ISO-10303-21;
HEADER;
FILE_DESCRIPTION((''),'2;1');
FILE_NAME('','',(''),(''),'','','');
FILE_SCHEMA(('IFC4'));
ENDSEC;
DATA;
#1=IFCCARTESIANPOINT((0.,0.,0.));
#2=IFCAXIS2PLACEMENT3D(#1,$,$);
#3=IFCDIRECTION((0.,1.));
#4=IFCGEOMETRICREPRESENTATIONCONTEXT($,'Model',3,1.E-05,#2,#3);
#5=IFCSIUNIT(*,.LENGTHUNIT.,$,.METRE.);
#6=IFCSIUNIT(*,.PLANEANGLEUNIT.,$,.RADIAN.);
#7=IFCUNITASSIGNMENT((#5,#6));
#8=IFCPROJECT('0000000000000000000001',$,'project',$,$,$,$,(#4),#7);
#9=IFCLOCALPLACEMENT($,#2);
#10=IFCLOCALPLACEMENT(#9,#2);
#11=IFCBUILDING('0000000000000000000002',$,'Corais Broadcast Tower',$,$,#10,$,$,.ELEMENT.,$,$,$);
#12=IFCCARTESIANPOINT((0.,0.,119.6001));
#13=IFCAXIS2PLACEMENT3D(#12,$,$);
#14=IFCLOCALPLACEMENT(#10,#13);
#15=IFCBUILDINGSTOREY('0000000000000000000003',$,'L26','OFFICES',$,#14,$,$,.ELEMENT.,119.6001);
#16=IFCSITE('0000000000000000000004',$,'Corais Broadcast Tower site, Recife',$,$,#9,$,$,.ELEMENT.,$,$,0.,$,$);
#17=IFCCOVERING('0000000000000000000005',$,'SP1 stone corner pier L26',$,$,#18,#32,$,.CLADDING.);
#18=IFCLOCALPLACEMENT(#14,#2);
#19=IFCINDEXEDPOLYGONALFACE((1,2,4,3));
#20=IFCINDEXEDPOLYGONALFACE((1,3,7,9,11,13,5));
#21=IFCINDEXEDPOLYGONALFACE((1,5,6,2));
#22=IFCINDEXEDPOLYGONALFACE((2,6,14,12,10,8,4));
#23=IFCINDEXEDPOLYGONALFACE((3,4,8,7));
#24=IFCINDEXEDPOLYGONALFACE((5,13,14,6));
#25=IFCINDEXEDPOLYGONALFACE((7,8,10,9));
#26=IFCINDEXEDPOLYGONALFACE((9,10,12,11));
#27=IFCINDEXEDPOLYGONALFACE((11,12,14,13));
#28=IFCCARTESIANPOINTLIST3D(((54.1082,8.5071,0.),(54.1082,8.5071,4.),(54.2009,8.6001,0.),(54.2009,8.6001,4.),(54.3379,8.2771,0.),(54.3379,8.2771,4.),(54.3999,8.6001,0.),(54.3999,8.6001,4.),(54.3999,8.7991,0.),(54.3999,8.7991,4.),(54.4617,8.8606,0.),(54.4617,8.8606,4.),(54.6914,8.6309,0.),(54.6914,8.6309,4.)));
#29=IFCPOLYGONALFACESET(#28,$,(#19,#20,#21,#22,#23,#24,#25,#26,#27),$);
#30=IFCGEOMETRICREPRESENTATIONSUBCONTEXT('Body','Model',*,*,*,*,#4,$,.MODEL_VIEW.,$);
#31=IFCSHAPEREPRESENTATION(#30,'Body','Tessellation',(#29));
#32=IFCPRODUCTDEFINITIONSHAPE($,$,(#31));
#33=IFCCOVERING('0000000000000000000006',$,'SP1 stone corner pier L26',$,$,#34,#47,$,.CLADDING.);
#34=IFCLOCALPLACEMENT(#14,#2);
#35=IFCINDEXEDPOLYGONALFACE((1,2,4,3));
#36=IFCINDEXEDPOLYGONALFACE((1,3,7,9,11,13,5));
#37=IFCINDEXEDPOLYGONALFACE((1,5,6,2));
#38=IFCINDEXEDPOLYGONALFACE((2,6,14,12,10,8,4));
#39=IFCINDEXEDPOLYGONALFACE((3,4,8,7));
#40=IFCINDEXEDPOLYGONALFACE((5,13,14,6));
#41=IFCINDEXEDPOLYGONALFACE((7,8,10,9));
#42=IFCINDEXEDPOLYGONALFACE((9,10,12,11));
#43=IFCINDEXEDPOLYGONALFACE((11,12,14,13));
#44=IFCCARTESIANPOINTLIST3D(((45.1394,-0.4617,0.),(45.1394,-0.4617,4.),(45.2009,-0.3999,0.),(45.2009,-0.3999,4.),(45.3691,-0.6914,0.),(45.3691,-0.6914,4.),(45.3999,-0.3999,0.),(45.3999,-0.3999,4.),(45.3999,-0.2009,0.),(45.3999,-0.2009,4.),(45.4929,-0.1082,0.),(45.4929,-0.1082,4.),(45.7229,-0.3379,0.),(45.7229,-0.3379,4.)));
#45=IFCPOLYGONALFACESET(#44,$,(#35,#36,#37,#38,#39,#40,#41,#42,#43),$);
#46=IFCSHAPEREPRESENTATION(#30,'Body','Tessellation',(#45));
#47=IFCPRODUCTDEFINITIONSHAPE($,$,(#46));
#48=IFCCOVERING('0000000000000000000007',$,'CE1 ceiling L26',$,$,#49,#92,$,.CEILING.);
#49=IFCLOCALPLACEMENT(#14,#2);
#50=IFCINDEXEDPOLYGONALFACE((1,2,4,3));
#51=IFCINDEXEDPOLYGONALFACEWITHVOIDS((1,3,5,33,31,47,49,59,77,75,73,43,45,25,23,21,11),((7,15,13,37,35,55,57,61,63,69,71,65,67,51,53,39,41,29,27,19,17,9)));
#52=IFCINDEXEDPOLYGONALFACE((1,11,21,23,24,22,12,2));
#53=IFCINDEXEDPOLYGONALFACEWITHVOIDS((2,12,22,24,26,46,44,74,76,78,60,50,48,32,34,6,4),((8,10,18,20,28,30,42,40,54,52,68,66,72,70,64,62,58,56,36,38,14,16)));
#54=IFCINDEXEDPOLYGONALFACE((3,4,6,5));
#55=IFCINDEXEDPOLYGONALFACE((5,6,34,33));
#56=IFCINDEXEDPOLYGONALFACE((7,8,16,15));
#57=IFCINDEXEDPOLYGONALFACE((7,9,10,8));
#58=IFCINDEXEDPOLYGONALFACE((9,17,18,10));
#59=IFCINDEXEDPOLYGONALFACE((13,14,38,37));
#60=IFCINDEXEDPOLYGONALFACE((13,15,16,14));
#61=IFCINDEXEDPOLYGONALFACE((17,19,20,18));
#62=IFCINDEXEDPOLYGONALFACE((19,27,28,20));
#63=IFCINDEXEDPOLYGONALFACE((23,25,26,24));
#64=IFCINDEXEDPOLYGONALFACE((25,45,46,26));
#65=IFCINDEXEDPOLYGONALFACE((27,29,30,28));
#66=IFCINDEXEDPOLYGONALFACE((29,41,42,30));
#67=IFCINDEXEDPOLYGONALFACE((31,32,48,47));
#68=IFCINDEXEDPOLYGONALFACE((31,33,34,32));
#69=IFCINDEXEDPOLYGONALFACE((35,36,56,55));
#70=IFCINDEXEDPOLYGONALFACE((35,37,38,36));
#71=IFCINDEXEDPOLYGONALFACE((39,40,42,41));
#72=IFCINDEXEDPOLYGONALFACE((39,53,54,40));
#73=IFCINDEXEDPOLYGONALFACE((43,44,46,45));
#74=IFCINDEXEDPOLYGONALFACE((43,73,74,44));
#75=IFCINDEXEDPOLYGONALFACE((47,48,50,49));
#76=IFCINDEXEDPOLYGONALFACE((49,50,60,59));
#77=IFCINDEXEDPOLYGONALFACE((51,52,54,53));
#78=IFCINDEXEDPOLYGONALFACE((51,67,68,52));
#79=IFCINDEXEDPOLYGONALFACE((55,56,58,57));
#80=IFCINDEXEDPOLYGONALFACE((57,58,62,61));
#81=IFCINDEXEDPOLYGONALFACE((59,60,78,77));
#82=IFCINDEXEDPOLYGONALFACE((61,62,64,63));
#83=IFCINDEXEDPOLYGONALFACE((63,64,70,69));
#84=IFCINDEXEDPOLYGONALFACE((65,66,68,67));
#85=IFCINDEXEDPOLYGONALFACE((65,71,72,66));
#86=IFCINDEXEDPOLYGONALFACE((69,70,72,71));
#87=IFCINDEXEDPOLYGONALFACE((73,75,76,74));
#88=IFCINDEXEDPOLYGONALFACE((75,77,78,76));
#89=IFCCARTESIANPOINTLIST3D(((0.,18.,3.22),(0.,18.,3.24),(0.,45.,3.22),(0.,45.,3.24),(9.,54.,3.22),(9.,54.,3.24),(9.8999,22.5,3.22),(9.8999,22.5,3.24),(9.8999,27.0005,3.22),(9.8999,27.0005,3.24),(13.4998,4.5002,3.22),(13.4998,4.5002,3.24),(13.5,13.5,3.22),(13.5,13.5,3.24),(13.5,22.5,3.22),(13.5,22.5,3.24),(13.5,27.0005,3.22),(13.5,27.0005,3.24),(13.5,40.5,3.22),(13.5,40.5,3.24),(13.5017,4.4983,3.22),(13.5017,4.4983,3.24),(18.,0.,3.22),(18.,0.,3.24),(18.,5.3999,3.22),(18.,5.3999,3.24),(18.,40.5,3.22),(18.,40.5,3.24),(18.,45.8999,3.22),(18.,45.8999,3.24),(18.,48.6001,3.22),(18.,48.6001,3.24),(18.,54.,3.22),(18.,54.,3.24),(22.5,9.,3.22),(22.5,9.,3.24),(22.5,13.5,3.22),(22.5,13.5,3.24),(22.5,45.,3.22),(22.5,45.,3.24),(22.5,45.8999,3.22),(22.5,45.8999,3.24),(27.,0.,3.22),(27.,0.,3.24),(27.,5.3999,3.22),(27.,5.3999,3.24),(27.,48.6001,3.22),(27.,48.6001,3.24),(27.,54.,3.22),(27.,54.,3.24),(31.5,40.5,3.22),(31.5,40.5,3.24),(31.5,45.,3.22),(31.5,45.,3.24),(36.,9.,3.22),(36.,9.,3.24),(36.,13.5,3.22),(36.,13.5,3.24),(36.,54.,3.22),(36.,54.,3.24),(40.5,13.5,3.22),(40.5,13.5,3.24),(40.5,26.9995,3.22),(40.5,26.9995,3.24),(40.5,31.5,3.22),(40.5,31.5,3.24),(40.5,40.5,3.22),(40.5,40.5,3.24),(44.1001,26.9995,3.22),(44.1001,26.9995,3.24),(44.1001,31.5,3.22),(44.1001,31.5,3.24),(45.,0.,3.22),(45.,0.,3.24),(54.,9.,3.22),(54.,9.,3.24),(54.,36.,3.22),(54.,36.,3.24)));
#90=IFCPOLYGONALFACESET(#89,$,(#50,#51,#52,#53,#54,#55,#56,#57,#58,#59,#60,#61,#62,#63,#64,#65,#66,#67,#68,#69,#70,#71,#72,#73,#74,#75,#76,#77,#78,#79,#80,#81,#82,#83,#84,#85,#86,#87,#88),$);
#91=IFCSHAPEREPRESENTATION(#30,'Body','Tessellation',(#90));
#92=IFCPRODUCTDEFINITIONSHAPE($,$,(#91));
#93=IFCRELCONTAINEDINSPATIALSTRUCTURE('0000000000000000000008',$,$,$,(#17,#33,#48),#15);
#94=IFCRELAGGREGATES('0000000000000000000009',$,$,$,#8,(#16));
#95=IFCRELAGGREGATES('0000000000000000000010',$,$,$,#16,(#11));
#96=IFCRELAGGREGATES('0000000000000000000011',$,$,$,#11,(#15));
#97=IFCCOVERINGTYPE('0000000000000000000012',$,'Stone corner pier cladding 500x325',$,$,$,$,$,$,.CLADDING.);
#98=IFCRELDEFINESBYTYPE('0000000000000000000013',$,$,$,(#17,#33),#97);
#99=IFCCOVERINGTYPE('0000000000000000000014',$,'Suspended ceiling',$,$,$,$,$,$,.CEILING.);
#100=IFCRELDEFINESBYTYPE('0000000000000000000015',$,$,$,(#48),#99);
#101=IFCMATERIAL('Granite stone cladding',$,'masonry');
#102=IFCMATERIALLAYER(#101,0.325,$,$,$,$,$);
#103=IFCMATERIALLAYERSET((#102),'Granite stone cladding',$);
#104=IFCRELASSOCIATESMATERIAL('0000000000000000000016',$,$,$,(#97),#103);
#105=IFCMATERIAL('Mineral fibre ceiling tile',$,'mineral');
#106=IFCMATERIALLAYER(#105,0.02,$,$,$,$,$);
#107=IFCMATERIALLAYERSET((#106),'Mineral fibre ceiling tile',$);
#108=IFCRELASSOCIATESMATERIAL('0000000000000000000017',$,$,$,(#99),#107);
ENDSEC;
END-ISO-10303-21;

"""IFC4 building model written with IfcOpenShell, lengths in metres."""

from ifc_helpers import new_model, si_unit, direction, frame, origin, place, context, subcontext, project, spatial, polyline, outline, extrude, material, layer, layer_set, type_object, element, save


model = new_model("IFC4")

# Units and contexts
model_context = context("Model", 3, precision=1e-05, world=origin(), true_north=direction((0.0, 1.0)))
body_context = subcontext(model_context, "Body", "Model", "MODEL_VIEW")
ifc_project = project(units=[si_unit("LENGTHUNIT", "METRE"), si_unit("PLANEANGLEUNIT", "RADIAN")], contexts=[model_context])

# Site, building, storey
site_placement = place(None, origin())
site = spatial("IfcSite", under=ifc_project, at=site_placement, Name="Corais Broadcast Tower site, Recife", CompositionType="ELEMENT", RefElevation=0.0)
building_placement = place(site_placement, origin())
building = spatial("IfcBuilding", under=site, at=building_placement, Name="Corais Broadcast Tower", CompositionType="ELEMENT")
storey_placement = place(building_placement, frame((0.0, 0.0, 119.6001)))
storey = spatial("IfcBuildingStorey", under=building, at=storey_placement, Name="L26", Description="OFFICES", CompositionType="ELEMENT", Elevation=119.6001)

# Coverings
ifc_material_1 = material(Name="Granite stone cladding", Category="masonry")
ifc_layer_1 = layer(ifc_material_1, 0.325)
ifc_layer_set_1 = layer_set([ifc_layer_1], Name="Granite stone cladding")
covering_type_1 = type_object("IfcCoveringType", Name="Stone corner pier cladding 500x325", PredefinedType="CLADDING", material=ifc_layer_set_1)
covering_1_placement = place(storey_placement, origin())
element("IfcCovering", 1, at=covering_1_placement, inside=storey, type_object=covering_type_1, Name="SP1 stone corner pier L26", PredefinedType="CLADDING", context=body_context, shape_type="SweptSolid", body=[
    extrude(outline(polyline([(54.4617, 8.8606), (54.3999, 8.7991), (54.3999, 8.6001), (54.2009, 8.6001), (54.1082, 8.5071), (54.3379, 8.2771), (54.6914, 8.6309), (54.4617, 8.8606)])), origin(), (0.0, 0.0, 1.0), 4.0),
])
covering_2_placement = place(storey_placement, origin())
element("IfcCovering", 2, at=covering_2_placement, inside=storey, type_object=covering_type_1, Name="SP1 stone corner pier L26", PredefinedType="CLADDING", context=body_context, shape_type="SweptSolid", body=[
    extrude(outline(polyline([(45.2009, -0.3999), (45.1394, -0.4617), (45.3691, -0.6914), (45.7229, -0.3379), (45.4929, -0.1082), (45.3999, -0.2009), (45.3999, -0.3999), (45.2009, -0.3999)])), origin(), (0.0, 0.0, 1.0), 4.0),
])
ifc_material_2 = material(Name="Mineral fibre ceiling tile", Category="mineral")
ifc_layer_2 = layer(ifc_material_2, 0.02)
ifc_layer_set_2 = layer_set([ifc_layer_2], Name="Mineral fibre ceiling tile")
covering_type_2 = type_object("IfcCoveringType", Name="Suspended ceiling", PredefinedType="CEILING", material=ifc_layer_set_2)
covering_3_placement = place(storey_placement, frame((0.0, 0.0, 3.22)))
element("IfcCovering", 3, at=covering_3_placement, inside=storey, type_object=covering_type_2, Name="CE1 ceiling L26", PredefinedType="CEILING", context=body_context, shape_type="SweptSolid", body=[
    extrude(outline(polyline([(13.5017, 4.4983), (13.4998, 4.5002), (0.0, 18.0), (0.0, 45.0), (9.0, 54.0), (18.0, 54.0), (18.0, 48.6001), (27.0, 48.6001), (27.0, 54.0), (36.0, 54.0), (54.0, 36.0), (54.0, 9.0), (45.0, 0.0), (27.0, 0.0), (27.0, 5.3999), (18.0, 5.3999), (18.0, 0.0), (13.5017, 4.4983)]), holes=[polyline([(9.8999, 22.5), (13.5, 22.5), (13.5, 13.5), (22.5, 13.5), (22.5, 9.0), (36.0, 9.0), (36.0, 13.5), (40.5, 13.5), (40.5, 26.9995), (44.1001, 26.9995), (44.1001, 31.5), (40.5, 31.5), (40.5, 40.5), (31.5, 40.5), (31.5, 45.0), (22.5, 45.0), (22.5, 45.8999), (18.0, 45.8999), (18.0, 40.5), (13.5, 40.5), (13.5, 27.0005), (9.8999, 27.0005), (9.8999, 22.5)])]), origin(), (0.0, 0.0, 1.0), 0.02),
])

save(model, "model.ifc")
